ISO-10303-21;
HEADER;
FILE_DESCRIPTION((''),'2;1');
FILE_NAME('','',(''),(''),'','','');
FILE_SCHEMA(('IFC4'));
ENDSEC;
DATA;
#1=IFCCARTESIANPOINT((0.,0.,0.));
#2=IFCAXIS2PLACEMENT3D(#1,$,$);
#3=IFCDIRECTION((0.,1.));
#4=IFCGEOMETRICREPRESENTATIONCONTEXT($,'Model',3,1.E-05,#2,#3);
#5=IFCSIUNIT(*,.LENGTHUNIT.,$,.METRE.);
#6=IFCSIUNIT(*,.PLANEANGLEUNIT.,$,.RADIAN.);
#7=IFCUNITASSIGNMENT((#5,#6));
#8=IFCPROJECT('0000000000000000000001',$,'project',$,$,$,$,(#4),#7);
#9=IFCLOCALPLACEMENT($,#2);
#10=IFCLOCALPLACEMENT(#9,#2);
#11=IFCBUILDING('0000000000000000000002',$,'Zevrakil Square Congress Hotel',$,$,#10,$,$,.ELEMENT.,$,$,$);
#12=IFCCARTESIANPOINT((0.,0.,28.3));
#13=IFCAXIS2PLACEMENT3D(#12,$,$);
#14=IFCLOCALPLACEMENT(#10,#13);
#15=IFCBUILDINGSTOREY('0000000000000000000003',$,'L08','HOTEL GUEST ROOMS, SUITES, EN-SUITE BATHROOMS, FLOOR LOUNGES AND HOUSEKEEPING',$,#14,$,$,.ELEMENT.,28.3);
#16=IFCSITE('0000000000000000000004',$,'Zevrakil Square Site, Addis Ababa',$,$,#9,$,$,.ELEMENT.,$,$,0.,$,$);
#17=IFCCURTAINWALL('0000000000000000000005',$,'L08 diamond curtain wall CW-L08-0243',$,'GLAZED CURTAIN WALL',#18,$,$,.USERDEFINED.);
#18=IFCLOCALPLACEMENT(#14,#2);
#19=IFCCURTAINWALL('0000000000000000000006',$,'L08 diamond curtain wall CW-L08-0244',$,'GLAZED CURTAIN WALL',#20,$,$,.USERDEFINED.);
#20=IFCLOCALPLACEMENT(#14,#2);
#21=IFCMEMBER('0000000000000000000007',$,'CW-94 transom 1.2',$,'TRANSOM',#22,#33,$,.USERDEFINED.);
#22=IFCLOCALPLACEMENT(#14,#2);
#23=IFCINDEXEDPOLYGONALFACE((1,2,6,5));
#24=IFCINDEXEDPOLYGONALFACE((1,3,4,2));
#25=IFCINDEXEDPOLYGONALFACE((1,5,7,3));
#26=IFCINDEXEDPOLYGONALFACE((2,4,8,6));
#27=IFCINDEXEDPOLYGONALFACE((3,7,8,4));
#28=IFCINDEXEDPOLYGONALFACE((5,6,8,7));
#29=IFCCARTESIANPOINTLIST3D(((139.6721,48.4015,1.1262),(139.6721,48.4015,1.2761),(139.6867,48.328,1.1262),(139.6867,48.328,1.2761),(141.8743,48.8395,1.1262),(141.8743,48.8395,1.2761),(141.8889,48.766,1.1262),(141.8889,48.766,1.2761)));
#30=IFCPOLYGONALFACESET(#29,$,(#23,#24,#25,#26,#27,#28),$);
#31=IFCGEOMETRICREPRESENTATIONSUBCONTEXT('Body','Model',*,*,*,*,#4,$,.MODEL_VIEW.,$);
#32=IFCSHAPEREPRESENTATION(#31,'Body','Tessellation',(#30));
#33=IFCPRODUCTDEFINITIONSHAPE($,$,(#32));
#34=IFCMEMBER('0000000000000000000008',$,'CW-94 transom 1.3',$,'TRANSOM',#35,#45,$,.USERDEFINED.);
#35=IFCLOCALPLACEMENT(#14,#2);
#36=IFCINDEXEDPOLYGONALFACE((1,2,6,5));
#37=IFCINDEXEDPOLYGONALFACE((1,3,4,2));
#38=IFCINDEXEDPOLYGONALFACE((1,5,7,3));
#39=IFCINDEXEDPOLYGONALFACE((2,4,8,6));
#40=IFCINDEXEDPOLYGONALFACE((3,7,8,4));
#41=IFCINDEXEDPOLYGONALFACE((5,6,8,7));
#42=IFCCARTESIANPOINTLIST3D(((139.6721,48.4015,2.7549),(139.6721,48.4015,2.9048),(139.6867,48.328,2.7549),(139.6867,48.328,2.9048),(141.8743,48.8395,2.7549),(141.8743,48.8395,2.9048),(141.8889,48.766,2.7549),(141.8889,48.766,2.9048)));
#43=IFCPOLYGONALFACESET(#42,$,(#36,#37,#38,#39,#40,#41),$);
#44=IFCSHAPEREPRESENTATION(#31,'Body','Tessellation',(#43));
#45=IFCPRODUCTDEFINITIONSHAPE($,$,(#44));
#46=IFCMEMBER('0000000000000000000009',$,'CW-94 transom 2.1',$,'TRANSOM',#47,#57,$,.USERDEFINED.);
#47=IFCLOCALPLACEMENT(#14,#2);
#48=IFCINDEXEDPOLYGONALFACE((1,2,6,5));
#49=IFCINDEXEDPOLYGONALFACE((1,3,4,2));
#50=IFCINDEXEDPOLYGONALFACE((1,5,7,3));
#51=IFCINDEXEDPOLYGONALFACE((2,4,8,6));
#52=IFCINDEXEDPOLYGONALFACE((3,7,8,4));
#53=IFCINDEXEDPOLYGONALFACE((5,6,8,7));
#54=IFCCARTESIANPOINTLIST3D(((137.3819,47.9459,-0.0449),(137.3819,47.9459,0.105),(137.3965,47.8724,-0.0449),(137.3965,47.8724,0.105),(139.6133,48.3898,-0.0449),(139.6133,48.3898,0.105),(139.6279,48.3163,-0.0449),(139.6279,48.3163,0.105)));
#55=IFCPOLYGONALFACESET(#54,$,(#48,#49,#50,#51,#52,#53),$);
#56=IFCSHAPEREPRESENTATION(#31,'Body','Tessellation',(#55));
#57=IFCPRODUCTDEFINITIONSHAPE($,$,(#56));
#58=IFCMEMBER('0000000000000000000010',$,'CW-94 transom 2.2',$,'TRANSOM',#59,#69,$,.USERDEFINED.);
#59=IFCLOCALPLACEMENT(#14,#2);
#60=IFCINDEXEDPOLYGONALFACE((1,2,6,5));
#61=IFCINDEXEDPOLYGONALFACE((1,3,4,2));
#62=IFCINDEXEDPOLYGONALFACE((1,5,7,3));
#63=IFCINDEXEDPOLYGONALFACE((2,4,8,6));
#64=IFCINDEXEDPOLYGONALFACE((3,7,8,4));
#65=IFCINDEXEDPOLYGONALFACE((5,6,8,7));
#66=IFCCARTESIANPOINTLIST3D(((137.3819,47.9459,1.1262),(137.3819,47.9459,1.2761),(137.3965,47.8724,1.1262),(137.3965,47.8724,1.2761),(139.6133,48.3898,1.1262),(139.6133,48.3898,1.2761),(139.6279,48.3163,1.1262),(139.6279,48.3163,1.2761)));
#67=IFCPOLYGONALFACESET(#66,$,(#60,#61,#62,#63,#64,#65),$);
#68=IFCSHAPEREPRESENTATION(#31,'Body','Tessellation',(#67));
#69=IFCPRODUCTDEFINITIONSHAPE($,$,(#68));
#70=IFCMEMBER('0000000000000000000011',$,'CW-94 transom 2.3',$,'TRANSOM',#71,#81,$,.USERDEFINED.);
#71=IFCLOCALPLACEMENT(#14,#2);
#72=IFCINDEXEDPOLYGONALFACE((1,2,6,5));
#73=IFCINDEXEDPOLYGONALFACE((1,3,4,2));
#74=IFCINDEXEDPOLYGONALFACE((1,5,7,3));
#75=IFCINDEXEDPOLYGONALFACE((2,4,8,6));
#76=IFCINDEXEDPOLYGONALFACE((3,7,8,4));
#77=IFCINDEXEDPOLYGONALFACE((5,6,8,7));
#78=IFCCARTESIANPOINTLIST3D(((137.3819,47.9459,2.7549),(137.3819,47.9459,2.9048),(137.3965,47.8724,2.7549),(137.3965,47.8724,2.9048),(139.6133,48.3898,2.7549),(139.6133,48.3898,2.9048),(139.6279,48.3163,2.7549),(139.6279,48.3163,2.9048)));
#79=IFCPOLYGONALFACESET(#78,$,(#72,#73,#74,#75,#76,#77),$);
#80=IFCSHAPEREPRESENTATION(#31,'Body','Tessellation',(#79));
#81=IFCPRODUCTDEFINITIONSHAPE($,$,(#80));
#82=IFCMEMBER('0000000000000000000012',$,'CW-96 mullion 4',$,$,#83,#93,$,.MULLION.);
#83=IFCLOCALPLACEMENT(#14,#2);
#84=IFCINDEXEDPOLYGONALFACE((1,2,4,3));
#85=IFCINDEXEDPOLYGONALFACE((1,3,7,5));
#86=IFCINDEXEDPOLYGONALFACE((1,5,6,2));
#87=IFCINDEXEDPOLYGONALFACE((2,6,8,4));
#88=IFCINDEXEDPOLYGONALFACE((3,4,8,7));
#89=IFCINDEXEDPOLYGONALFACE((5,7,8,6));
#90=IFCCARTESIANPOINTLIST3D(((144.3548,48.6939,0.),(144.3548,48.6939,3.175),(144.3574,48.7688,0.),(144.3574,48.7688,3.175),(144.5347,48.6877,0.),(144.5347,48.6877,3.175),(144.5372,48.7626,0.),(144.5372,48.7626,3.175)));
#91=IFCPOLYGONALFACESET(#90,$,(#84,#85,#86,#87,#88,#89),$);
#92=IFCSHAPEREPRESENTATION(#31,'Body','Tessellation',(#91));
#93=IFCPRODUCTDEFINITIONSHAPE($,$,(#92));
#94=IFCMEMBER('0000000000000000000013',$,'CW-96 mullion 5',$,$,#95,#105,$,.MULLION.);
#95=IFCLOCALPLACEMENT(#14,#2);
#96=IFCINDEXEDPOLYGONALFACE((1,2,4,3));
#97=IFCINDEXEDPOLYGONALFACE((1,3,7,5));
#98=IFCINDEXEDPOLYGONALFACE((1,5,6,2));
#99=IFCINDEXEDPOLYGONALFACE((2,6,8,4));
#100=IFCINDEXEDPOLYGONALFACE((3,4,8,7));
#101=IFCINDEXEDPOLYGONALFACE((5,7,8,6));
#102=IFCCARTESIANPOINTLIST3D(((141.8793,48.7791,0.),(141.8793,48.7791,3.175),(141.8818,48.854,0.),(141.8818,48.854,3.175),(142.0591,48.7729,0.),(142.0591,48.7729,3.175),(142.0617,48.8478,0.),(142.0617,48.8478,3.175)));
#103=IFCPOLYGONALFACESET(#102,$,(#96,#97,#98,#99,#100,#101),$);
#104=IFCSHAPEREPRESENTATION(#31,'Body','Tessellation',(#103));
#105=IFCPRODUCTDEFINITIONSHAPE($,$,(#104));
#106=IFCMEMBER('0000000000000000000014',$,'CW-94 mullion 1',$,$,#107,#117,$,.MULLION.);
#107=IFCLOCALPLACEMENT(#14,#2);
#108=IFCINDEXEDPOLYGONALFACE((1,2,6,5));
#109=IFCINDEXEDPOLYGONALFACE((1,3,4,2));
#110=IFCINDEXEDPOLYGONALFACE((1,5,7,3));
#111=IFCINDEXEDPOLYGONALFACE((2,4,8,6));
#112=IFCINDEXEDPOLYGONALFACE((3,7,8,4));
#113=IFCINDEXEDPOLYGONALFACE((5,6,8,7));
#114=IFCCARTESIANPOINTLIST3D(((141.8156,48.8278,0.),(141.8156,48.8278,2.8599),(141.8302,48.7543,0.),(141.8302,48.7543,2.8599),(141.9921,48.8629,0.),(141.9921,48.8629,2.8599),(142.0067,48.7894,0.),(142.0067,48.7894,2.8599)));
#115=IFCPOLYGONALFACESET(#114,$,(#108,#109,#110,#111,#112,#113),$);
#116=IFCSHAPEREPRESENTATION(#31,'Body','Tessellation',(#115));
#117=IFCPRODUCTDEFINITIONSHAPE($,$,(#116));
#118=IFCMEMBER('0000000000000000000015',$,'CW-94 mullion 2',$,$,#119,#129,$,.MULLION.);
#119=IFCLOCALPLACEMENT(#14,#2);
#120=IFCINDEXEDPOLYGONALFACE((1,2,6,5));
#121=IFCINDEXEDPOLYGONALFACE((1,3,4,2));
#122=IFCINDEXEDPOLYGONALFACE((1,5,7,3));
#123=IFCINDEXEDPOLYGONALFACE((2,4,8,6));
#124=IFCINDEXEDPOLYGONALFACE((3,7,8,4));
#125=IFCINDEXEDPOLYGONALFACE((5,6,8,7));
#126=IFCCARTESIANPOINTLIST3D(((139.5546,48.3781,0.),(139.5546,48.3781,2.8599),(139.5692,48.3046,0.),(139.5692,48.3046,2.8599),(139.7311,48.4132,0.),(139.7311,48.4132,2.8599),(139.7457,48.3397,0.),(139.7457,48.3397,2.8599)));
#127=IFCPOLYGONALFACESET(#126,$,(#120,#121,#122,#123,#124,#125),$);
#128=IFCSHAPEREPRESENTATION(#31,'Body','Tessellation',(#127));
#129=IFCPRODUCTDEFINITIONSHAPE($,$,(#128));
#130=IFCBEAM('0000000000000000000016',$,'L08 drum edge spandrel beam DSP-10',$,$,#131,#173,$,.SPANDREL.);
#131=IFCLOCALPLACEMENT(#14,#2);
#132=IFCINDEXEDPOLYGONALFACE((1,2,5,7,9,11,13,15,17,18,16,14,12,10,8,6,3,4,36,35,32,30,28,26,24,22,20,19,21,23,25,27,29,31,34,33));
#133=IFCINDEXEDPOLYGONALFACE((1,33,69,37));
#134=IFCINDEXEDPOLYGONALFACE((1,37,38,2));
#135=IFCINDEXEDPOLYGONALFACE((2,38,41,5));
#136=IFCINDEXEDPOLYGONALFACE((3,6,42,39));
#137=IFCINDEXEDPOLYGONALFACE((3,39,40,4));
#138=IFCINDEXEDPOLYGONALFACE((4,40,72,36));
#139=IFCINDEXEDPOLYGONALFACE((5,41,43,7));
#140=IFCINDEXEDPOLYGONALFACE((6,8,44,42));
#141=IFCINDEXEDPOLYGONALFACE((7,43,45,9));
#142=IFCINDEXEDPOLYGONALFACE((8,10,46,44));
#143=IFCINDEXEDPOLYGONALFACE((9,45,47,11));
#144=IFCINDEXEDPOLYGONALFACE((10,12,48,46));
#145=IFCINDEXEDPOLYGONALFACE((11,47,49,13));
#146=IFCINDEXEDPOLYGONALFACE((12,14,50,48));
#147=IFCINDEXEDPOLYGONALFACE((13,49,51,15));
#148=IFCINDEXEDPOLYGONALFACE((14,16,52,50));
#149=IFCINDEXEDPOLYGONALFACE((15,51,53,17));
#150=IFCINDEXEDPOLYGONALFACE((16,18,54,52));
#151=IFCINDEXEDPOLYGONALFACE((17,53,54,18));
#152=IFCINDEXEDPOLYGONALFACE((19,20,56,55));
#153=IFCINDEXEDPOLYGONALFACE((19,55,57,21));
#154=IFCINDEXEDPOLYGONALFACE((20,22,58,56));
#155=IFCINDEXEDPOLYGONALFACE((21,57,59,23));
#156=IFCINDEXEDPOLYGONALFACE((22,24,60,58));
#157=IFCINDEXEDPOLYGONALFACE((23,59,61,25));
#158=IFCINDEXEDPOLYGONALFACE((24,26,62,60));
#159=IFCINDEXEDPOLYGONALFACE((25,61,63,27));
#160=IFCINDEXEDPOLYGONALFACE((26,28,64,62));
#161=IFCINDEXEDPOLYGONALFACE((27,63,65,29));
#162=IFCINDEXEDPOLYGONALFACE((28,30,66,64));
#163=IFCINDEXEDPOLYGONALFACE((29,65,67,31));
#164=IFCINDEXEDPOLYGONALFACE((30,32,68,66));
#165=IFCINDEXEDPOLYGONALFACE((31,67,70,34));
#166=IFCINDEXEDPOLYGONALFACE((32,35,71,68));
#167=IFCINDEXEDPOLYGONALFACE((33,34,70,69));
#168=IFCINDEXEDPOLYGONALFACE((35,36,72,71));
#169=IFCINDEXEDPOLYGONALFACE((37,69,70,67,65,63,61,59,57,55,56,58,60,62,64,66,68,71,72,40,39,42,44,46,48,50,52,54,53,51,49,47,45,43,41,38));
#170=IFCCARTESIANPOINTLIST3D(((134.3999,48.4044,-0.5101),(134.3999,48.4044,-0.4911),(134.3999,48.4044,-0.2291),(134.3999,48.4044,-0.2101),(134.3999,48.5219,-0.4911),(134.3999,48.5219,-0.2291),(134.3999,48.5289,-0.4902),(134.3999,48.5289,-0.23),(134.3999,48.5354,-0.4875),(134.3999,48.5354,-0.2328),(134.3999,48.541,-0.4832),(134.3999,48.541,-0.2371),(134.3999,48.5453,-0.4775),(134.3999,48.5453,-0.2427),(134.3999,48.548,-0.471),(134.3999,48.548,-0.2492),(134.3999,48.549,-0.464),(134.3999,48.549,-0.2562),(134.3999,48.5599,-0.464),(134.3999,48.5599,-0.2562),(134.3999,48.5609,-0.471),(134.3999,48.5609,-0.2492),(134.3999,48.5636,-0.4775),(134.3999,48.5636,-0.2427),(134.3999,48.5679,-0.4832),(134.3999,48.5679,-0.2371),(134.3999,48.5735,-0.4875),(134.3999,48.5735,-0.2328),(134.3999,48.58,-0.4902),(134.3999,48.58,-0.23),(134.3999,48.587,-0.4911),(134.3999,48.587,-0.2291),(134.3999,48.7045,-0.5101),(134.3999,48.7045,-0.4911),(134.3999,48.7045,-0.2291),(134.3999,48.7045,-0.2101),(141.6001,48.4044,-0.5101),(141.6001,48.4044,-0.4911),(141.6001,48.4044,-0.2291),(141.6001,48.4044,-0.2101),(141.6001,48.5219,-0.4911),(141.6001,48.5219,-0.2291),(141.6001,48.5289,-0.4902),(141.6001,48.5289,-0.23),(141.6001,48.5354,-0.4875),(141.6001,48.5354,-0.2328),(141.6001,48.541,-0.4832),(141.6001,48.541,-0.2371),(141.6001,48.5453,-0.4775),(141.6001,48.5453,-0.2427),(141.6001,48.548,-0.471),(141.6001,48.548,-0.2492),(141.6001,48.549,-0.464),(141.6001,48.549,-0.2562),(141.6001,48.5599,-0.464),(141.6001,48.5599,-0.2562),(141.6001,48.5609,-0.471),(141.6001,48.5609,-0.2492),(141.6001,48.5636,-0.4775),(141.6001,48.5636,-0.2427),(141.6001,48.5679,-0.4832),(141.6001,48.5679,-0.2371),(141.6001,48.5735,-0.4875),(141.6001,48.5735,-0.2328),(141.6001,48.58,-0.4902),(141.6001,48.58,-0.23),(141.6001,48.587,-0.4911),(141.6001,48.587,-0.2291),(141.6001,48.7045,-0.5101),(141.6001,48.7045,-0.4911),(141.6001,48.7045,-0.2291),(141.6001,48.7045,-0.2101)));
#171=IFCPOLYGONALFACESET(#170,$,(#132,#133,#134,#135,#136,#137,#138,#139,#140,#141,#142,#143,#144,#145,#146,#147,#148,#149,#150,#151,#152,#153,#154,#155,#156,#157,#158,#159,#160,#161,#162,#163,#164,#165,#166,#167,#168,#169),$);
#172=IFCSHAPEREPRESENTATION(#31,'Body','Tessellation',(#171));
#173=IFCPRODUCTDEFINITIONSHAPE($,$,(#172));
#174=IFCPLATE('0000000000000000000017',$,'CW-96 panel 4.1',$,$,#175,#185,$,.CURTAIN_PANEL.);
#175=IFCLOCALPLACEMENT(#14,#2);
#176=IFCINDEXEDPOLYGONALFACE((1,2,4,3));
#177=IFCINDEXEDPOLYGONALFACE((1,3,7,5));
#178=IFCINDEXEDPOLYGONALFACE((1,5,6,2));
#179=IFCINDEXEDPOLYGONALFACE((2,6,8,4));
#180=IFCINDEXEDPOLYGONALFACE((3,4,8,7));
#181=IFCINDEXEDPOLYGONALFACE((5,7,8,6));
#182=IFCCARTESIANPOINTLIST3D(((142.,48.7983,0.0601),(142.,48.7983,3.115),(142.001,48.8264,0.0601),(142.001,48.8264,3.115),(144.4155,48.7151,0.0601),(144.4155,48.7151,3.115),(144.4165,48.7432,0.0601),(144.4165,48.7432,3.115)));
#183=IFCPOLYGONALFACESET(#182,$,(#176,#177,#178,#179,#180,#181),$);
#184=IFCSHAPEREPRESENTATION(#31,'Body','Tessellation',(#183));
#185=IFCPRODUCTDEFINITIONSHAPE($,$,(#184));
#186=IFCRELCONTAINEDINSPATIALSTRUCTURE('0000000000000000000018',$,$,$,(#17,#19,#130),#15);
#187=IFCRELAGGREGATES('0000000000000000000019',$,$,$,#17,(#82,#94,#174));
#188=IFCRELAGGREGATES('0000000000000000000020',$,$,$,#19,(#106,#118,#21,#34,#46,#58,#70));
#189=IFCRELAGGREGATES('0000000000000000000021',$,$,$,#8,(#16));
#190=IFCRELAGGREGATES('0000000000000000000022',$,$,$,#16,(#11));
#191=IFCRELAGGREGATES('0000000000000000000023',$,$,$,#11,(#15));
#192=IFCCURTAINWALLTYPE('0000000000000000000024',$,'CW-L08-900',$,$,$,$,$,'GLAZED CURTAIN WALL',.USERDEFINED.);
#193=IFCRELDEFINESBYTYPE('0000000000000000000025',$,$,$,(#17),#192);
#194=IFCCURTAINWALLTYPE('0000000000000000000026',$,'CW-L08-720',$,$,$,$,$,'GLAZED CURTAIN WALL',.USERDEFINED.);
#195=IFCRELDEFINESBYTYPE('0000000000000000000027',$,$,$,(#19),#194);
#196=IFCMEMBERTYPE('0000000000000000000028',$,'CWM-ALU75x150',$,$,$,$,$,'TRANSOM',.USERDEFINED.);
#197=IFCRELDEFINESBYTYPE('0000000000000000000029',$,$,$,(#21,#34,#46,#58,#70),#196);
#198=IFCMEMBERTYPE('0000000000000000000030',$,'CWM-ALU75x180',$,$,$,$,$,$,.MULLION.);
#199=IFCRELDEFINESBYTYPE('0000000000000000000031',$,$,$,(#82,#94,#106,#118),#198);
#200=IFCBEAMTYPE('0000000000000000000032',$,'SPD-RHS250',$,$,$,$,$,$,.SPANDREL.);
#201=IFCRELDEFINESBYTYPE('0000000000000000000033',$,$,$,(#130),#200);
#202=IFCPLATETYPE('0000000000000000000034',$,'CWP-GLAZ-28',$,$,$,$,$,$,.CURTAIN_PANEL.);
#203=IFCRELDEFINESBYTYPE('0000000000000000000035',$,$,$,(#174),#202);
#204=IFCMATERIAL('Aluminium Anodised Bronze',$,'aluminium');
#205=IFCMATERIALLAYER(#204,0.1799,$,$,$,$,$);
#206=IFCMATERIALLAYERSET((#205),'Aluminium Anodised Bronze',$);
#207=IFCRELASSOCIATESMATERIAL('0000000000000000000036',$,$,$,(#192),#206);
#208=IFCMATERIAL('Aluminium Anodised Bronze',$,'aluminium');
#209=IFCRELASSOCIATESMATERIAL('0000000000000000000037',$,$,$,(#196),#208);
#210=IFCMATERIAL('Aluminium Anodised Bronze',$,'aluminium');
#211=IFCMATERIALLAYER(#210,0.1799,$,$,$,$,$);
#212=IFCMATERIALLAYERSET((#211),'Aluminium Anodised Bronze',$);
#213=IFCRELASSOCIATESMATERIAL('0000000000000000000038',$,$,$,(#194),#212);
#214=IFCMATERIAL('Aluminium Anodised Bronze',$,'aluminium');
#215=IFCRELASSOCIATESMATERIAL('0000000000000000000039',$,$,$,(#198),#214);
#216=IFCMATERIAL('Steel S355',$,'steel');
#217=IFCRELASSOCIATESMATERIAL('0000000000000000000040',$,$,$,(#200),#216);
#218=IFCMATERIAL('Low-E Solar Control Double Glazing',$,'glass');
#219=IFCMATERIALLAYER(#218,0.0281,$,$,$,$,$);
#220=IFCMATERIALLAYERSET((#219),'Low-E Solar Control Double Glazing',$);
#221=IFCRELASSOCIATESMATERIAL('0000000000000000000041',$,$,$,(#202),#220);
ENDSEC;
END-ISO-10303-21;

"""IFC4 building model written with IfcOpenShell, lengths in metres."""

from ifc_helpers import new_model, si_unit, direction, frame, origin, origin_2d, place, context, subcontext, project, spatial, rectangle, i_section, extrude, material, layer, layer_set, material_profile, profile_set, type_object, element, aggregate, save


model = new_model("IFC4")

# Units and contexts
model_context = context("Model", 3, precision=1e-05, world=origin(), true_north=direction((0.0, 1.0)))
body_context = subcontext(model_context, "Body", "Model", "MODEL_VIEW")
ifc_project = project(units=[si_unit("LENGTHUNIT", "METRE"), si_unit("PLANEANGLEUNIT", "RADIAN")], contexts=[model_context])

# Site, building, storey
site_placement = place(None, origin())
site = spatial("IfcSite", under=ifc_project, at=site_placement, Name="Zevrakil Square Site, Addis Ababa", CompositionType="ELEMENT", RefElevation=0.0)
building_placement = place(site_placement, origin())
building = spatial("IfcBuilding", under=site, at=building_placement, Name="Zevrakil Square Congress Hotel", CompositionType="ELEMENT")
storey_placement = place(building_placement, frame((0.0, 0.0, 28.3)))
storey = spatial("IfcBuildingStorey", under=building, at=storey_placement, Name="L08", Description="HOTEL GUEST ROOMS, SUITES, EN-SUITE BATHROOMS, FLOOR LOUNGES AND HOUSEKEEPING", CompositionType="ELEMENT", Elevation=28.3)

# Curtain walls, members
ifc_material_1 = material(Name="Aluminium Anodised Bronze", Category="aluminium")
ifc_layer_1 = layer(ifc_material_1, 0.1799)
ifc_layer_set_1 = layer_set([ifc_layer_1], Name="Aluminium Anodised Bronze")
curtain_wall_type_1 = type_object("IfcCurtainWallType", Name="CW-L08-900", ElementType="GLAZED CURTAIN WALL", PredefinedType="USERDEFINED", material=ifc_layer_set_1)
curtain_wall_1_placement = place(storey_placement, origin())
curtain_wall_1 = element("IfcCurtainWall", 1, at=curtain_wall_1_placement, inside=storey, type_object=curtain_wall_type_1, Name="L08 diamond curtain wall CW-L08-0243", ObjectType="GLAZED CURTAIN WALL", PredefinedType="USERDEFINED")
ifc_material_2 = material(Name="Aluminium Anodised Bronze", Category="aluminium")
ifc_material_profile_1 = material_profile(ifc_material_2, rectangle(XDim=0.075, YDim=0.1499, at=origin_2d()), Name="ALU 75x150")
ifc_profile_set_1 = profile_set([ifc_material_profile_1], Name="Aluminium Anodised Bronze")
member_type_1 = type_object("IfcMemberType", Name="CWM-ALU75x150", ElementType="TRANSOM", PredefinedType="USERDEFINED", material=ifc_profile_set_1)
ifc_material_3 = material(Name="Aluminium Anodised Bronze", Category="aluminium")
ifc_layer_2 = layer(ifc_material_3, 0.1799)
ifc_layer_set_2 = layer_set([ifc_layer_2], Name="Aluminium Anodised Bronze")
curtain_wall_type_2 = type_object("IfcCurtainWallType", Name="CW-L08-720", ElementType="GLAZED CURTAIN WALL", PredefinedType="USERDEFINED", material=ifc_layer_set_2)
curtain_wall_2_placement = place(storey_placement, origin())
curtain_wall_2 = element("IfcCurtainWall", 2, at=curtain_wall_2_placement, inside=storey, type_object=curtain_wall_type_2, Name="L08 diamond curtain wall CW-L08-0244", ObjectType="GLAZED CURTAIN WALL", PredefinedType="USERDEFINED")
member_1_placement = place(storey_placement, frame((141.8816, 48.8027, 1.2012), z_axis=(-0.980789, -0.19507, 0.0), x_axis=(0.19507, -0.980789, 0.0)))
member_1 = element("IfcMember", 3, at=member_1_placement, type_object=member_type_1, Name="CW-94 transom 1.2", ObjectType="TRANSOM", PredefinedType="USERDEFINED", context=body_context, shape_type="SweptSolid", body=[
    extrude(rectangle(XDim=0.075, YDim=0.1499, at=origin_2d()), origin(), (0.0, 0.0, 1.0), 2.2454),
])
member_2_placement = place(storey_placement, frame((141.8816, 48.8027, 2.8298), z_axis=(-0.980789, -0.19507, 0.0), x_axis=(0.19507, -0.980789, 0.0)))
member_2 = element("IfcMember", 4, at=member_2_placement, type_object=member_type_1, Name="CW-94 transom 1.3", ObjectType="TRANSOM", PredefinedType="USERDEFINED", context=body_context, shape_type="SweptSolid", body=[
    extrude(rectangle(XDim=0.075, YDim=0.1499, at=origin_2d()), origin(), (0.0, 0.0, 1.0), 2.2454),
])
member_3_placement = place(storey_placement, frame((139.6206, 48.353, 0.03), z_axis=(-0.980786, -0.195084, 0.0), x_axis=(0.195084, -0.980786, 0.0)))
member_3 = element("IfcMember", 5, at=member_3_placement, type_object=member_type_1, Name="CW-94 transom 2.1", ObjectType="TRANSOM", PredefinedType="USERDEFINED", context=body_context, shape_type="SweptSolid", body=[
    extrude(rectangle(XDim=0.075, YDim=0.1499, at=origin_2d()), origin(), (0.0, 0.0, 1.0), 2.2751),
])
member_4_placement = place(storey_placement, frame((139.6206, 48.353, 1.2012), z_axis=(-0.980786, -0.195084, 0.0), x_axis=(0.195084, -0.980786, 0.0)))
member_4 = element("IfcMember", 6, at=member_4_placement, type_object=member_type_1, Name="CW-94 transom 2.2", ObjectType="TRANSOM", PredefinedType="USERDEFINED", context=body_context, shape_type="SweptSolid", body=[
    extrude(rectangle(XDim=0.075, YDim=0.1499, at=origin_2d()), origin(), (0.0, 0.0, 1.0), 2.2751),
])
member_5_placement = place(storey_placement, frame((139.6206, 48.353, 2.8298), z_axis=(-0.980786, -0.195084, 0.0), x_axis=(0.195084, -0.980786, 0.0)))
member_5 = element("IfcMember", 7, at=member_5_placement, type_object=member_type_1, Name="CW-94 transom 2.3", ObjectType="TRANSOM", PredefinedType="USERDEFINED", context=body_context, shape_type="SweptSolid", body=[
    extrude(rectangle(XDim=0.075, YDim=0.1499, at=origin_2d()), origin(), (0.0, 0.0, 1.0), 2.2751),
])

# Members
ifc_material_4 = material(Name="Aluminium Anodised Bronze", Category="aluminium")
ifc_material_profile_2 = material_profile(ifc_material_4, rectangle(XDim=0.075, YDim=0.1799, at=origin_2d()), Name="ALU 75x180")
ifc_profile_set_2 = profile_set([ifc_material_profile_2], Name="Aluminium Anodised Bronze")
member_type_2 = type_object("IfcMemberType", Name="CWM-ALU75x180", PredefinedType="MULLION", material=ifc_profile_set_2)
member_6_placement = place(storey_placement, frame((144.446, 48.7283, 0.0), z_axis=(0.0, 0.0, 1.0), x_axis=(-0.034405, -0.999408, 0.0)))
member_6 = element("IfcMember", 8, at=member_6_placement, type_object=member_type_2, Name="CW-96 mullion 4", PredefinedType="MULLION", context=body_context, shape_type="SweptSolid", body=[
    extrude(rectangle(XDim=0.075, YDim=0.1799, at=origin_2d()), origin(), (0.0, 0.0, 1.0), 3.175),
])
member_7_placement = place(storey_placement, frame((141.9705, 48.8135, 0.0), z_axis=(0.0, 0.0, 1.0), x_axis=(-0.034405, -0.999408, 0.0)))
member_7 = element("IfcMember", 9, at=member_7_placement, type_object=member_type_2, Name="CW-96 mullion 5", PredefinedType="MULLION", context=body_context, shape_type="SweptSolid", body=[
    extrude(rectangle(XDim=0.075, YDim=0.1799, at=origin_2d()), origin(), (0.0, 0.0, 1.0), 3.175),
])
member_8_placement = place(storey_placement, frame((141.9111, 48.8086, 0.0), z_axis=(0.0, 0.0, 1.0), x_axis=(0.195084, -0.980787, 0.0)))
member_8 = element("IfcMember", 10, at=member_8_placement, type_object=member_type_2, Name="CW-94 mullion 1", PredefinedType="MULLION", context=body_context, shape_type="SweptSolid", body=[
    extrude(rectangle(XDim=0.075, YDim=0.1799, at=origin_2d()), origin(), (0.0, 0.0, 1.0), 2.8599),
])
member_9_placement = place(storey_placement, frame((139.6501, 48.3589, 0.0), z_axis=(0.0, 0.0, 1.0), x_axis=(0.195084, -0.980787, 0.0)))
member_9 = element("IfcMember", 11, at=member_9_placement, type_object=member_type_2, Name="CW-94 mullion 2", PredefinedType="MULLION", context=body_context, shape_type="SweptSolid", body=[
    extrude(rectangle(XDim=0.075, YDim=0.1799, at=origin_2d()), origin(), (0.0, 0.0, 1.0), 2.8599),
])

# Beam
ifc_material_5 = material(Name="Steel S355", Category="steel")
ifc_material_profile_3 = material_profile(ifc_material_5, i_section(OverallWidth=0.3, OverallDepth=0.3, WebThickness=0.011, FlangeThickness=0.019, FilletRadius=0.0271, at=origin_2d()), Name="HEB 300")
ifc_profile_set_3 = profile_set([ifc_material_profile_3], Name="Steel S355")
beam_type_1 = type_object("IfcBeamType", Name="SPD-RHS250", PredefinedType="SPANDREL", material=ifc_profile_set_3)
beam_1_placement = place(storey_placement, frame((141.6001, 48.5544, -0.3601), z_axis=(-1.0, 0.0, 0.0), x_axis=(0.0, -1.0, 0.0)))
element("IfcBeam", 12, at=beam_1_placement, inside=storey, type_object=beam_type_1, Name="L08 drum edge spandrel beam DSP-10", PredefinedType="SPANDREL", context=body_context, shape_type="SweptSolid", body=[
    extrude(i_section(OverallWidth=0.3, OverallDepth=0.3, WebThickness=0.011, FlangeThickness=0.019, FilletRadius=0.0271, at=origin_2d()), origin(), (0.0, 0.0, 1.0), 7.2002),
])

# Plate
ifc_material_6 = material(Name="Low-E Solar Control Double Glazing", Category="glass")
ifc_layer_3 = layer(ifc_material_6, 0.0281)
ifc_layer_set_3 = layer_set([ifc_layer_3], Name="Low-E Solar Control Double Glazing")
plate_type_1 = type_object("IfcPlateType", Name="CWP-GLAZ-28", PredefinedType="CURTAIN_PANEL", material=ifc_layer_set_3)
plate_1_placement = place(storey_placement, frame((143.2083, 48.7708, 0.0601), z_axis=(0.0, 0.0, 1.0), x_axis=(-0.999408, 0.034405, 0.0)))
plate_1 = element("IfcPlate", 13, at=plate_1_placement, type_object=plate_type_1, Name="CW-96 panel 4.1", PredefinedType="CURTAIN_PANEL", context=body_context, shape_type="SweptSolid", body=[
    extrude(rectangle(XDim=2.417, YDim=0.0281, at=origin_2d()), origin(), (0.0, 0.0, 1.0), 3.0549),
])
aggregate(curtain_wall_1, [member_6, member_7, plate_1])
aggregate(curtain_wall_2, [member_8, member_9, member_1, member_2, member_3, member_4, member_5])

save(model, "model.ifc")
